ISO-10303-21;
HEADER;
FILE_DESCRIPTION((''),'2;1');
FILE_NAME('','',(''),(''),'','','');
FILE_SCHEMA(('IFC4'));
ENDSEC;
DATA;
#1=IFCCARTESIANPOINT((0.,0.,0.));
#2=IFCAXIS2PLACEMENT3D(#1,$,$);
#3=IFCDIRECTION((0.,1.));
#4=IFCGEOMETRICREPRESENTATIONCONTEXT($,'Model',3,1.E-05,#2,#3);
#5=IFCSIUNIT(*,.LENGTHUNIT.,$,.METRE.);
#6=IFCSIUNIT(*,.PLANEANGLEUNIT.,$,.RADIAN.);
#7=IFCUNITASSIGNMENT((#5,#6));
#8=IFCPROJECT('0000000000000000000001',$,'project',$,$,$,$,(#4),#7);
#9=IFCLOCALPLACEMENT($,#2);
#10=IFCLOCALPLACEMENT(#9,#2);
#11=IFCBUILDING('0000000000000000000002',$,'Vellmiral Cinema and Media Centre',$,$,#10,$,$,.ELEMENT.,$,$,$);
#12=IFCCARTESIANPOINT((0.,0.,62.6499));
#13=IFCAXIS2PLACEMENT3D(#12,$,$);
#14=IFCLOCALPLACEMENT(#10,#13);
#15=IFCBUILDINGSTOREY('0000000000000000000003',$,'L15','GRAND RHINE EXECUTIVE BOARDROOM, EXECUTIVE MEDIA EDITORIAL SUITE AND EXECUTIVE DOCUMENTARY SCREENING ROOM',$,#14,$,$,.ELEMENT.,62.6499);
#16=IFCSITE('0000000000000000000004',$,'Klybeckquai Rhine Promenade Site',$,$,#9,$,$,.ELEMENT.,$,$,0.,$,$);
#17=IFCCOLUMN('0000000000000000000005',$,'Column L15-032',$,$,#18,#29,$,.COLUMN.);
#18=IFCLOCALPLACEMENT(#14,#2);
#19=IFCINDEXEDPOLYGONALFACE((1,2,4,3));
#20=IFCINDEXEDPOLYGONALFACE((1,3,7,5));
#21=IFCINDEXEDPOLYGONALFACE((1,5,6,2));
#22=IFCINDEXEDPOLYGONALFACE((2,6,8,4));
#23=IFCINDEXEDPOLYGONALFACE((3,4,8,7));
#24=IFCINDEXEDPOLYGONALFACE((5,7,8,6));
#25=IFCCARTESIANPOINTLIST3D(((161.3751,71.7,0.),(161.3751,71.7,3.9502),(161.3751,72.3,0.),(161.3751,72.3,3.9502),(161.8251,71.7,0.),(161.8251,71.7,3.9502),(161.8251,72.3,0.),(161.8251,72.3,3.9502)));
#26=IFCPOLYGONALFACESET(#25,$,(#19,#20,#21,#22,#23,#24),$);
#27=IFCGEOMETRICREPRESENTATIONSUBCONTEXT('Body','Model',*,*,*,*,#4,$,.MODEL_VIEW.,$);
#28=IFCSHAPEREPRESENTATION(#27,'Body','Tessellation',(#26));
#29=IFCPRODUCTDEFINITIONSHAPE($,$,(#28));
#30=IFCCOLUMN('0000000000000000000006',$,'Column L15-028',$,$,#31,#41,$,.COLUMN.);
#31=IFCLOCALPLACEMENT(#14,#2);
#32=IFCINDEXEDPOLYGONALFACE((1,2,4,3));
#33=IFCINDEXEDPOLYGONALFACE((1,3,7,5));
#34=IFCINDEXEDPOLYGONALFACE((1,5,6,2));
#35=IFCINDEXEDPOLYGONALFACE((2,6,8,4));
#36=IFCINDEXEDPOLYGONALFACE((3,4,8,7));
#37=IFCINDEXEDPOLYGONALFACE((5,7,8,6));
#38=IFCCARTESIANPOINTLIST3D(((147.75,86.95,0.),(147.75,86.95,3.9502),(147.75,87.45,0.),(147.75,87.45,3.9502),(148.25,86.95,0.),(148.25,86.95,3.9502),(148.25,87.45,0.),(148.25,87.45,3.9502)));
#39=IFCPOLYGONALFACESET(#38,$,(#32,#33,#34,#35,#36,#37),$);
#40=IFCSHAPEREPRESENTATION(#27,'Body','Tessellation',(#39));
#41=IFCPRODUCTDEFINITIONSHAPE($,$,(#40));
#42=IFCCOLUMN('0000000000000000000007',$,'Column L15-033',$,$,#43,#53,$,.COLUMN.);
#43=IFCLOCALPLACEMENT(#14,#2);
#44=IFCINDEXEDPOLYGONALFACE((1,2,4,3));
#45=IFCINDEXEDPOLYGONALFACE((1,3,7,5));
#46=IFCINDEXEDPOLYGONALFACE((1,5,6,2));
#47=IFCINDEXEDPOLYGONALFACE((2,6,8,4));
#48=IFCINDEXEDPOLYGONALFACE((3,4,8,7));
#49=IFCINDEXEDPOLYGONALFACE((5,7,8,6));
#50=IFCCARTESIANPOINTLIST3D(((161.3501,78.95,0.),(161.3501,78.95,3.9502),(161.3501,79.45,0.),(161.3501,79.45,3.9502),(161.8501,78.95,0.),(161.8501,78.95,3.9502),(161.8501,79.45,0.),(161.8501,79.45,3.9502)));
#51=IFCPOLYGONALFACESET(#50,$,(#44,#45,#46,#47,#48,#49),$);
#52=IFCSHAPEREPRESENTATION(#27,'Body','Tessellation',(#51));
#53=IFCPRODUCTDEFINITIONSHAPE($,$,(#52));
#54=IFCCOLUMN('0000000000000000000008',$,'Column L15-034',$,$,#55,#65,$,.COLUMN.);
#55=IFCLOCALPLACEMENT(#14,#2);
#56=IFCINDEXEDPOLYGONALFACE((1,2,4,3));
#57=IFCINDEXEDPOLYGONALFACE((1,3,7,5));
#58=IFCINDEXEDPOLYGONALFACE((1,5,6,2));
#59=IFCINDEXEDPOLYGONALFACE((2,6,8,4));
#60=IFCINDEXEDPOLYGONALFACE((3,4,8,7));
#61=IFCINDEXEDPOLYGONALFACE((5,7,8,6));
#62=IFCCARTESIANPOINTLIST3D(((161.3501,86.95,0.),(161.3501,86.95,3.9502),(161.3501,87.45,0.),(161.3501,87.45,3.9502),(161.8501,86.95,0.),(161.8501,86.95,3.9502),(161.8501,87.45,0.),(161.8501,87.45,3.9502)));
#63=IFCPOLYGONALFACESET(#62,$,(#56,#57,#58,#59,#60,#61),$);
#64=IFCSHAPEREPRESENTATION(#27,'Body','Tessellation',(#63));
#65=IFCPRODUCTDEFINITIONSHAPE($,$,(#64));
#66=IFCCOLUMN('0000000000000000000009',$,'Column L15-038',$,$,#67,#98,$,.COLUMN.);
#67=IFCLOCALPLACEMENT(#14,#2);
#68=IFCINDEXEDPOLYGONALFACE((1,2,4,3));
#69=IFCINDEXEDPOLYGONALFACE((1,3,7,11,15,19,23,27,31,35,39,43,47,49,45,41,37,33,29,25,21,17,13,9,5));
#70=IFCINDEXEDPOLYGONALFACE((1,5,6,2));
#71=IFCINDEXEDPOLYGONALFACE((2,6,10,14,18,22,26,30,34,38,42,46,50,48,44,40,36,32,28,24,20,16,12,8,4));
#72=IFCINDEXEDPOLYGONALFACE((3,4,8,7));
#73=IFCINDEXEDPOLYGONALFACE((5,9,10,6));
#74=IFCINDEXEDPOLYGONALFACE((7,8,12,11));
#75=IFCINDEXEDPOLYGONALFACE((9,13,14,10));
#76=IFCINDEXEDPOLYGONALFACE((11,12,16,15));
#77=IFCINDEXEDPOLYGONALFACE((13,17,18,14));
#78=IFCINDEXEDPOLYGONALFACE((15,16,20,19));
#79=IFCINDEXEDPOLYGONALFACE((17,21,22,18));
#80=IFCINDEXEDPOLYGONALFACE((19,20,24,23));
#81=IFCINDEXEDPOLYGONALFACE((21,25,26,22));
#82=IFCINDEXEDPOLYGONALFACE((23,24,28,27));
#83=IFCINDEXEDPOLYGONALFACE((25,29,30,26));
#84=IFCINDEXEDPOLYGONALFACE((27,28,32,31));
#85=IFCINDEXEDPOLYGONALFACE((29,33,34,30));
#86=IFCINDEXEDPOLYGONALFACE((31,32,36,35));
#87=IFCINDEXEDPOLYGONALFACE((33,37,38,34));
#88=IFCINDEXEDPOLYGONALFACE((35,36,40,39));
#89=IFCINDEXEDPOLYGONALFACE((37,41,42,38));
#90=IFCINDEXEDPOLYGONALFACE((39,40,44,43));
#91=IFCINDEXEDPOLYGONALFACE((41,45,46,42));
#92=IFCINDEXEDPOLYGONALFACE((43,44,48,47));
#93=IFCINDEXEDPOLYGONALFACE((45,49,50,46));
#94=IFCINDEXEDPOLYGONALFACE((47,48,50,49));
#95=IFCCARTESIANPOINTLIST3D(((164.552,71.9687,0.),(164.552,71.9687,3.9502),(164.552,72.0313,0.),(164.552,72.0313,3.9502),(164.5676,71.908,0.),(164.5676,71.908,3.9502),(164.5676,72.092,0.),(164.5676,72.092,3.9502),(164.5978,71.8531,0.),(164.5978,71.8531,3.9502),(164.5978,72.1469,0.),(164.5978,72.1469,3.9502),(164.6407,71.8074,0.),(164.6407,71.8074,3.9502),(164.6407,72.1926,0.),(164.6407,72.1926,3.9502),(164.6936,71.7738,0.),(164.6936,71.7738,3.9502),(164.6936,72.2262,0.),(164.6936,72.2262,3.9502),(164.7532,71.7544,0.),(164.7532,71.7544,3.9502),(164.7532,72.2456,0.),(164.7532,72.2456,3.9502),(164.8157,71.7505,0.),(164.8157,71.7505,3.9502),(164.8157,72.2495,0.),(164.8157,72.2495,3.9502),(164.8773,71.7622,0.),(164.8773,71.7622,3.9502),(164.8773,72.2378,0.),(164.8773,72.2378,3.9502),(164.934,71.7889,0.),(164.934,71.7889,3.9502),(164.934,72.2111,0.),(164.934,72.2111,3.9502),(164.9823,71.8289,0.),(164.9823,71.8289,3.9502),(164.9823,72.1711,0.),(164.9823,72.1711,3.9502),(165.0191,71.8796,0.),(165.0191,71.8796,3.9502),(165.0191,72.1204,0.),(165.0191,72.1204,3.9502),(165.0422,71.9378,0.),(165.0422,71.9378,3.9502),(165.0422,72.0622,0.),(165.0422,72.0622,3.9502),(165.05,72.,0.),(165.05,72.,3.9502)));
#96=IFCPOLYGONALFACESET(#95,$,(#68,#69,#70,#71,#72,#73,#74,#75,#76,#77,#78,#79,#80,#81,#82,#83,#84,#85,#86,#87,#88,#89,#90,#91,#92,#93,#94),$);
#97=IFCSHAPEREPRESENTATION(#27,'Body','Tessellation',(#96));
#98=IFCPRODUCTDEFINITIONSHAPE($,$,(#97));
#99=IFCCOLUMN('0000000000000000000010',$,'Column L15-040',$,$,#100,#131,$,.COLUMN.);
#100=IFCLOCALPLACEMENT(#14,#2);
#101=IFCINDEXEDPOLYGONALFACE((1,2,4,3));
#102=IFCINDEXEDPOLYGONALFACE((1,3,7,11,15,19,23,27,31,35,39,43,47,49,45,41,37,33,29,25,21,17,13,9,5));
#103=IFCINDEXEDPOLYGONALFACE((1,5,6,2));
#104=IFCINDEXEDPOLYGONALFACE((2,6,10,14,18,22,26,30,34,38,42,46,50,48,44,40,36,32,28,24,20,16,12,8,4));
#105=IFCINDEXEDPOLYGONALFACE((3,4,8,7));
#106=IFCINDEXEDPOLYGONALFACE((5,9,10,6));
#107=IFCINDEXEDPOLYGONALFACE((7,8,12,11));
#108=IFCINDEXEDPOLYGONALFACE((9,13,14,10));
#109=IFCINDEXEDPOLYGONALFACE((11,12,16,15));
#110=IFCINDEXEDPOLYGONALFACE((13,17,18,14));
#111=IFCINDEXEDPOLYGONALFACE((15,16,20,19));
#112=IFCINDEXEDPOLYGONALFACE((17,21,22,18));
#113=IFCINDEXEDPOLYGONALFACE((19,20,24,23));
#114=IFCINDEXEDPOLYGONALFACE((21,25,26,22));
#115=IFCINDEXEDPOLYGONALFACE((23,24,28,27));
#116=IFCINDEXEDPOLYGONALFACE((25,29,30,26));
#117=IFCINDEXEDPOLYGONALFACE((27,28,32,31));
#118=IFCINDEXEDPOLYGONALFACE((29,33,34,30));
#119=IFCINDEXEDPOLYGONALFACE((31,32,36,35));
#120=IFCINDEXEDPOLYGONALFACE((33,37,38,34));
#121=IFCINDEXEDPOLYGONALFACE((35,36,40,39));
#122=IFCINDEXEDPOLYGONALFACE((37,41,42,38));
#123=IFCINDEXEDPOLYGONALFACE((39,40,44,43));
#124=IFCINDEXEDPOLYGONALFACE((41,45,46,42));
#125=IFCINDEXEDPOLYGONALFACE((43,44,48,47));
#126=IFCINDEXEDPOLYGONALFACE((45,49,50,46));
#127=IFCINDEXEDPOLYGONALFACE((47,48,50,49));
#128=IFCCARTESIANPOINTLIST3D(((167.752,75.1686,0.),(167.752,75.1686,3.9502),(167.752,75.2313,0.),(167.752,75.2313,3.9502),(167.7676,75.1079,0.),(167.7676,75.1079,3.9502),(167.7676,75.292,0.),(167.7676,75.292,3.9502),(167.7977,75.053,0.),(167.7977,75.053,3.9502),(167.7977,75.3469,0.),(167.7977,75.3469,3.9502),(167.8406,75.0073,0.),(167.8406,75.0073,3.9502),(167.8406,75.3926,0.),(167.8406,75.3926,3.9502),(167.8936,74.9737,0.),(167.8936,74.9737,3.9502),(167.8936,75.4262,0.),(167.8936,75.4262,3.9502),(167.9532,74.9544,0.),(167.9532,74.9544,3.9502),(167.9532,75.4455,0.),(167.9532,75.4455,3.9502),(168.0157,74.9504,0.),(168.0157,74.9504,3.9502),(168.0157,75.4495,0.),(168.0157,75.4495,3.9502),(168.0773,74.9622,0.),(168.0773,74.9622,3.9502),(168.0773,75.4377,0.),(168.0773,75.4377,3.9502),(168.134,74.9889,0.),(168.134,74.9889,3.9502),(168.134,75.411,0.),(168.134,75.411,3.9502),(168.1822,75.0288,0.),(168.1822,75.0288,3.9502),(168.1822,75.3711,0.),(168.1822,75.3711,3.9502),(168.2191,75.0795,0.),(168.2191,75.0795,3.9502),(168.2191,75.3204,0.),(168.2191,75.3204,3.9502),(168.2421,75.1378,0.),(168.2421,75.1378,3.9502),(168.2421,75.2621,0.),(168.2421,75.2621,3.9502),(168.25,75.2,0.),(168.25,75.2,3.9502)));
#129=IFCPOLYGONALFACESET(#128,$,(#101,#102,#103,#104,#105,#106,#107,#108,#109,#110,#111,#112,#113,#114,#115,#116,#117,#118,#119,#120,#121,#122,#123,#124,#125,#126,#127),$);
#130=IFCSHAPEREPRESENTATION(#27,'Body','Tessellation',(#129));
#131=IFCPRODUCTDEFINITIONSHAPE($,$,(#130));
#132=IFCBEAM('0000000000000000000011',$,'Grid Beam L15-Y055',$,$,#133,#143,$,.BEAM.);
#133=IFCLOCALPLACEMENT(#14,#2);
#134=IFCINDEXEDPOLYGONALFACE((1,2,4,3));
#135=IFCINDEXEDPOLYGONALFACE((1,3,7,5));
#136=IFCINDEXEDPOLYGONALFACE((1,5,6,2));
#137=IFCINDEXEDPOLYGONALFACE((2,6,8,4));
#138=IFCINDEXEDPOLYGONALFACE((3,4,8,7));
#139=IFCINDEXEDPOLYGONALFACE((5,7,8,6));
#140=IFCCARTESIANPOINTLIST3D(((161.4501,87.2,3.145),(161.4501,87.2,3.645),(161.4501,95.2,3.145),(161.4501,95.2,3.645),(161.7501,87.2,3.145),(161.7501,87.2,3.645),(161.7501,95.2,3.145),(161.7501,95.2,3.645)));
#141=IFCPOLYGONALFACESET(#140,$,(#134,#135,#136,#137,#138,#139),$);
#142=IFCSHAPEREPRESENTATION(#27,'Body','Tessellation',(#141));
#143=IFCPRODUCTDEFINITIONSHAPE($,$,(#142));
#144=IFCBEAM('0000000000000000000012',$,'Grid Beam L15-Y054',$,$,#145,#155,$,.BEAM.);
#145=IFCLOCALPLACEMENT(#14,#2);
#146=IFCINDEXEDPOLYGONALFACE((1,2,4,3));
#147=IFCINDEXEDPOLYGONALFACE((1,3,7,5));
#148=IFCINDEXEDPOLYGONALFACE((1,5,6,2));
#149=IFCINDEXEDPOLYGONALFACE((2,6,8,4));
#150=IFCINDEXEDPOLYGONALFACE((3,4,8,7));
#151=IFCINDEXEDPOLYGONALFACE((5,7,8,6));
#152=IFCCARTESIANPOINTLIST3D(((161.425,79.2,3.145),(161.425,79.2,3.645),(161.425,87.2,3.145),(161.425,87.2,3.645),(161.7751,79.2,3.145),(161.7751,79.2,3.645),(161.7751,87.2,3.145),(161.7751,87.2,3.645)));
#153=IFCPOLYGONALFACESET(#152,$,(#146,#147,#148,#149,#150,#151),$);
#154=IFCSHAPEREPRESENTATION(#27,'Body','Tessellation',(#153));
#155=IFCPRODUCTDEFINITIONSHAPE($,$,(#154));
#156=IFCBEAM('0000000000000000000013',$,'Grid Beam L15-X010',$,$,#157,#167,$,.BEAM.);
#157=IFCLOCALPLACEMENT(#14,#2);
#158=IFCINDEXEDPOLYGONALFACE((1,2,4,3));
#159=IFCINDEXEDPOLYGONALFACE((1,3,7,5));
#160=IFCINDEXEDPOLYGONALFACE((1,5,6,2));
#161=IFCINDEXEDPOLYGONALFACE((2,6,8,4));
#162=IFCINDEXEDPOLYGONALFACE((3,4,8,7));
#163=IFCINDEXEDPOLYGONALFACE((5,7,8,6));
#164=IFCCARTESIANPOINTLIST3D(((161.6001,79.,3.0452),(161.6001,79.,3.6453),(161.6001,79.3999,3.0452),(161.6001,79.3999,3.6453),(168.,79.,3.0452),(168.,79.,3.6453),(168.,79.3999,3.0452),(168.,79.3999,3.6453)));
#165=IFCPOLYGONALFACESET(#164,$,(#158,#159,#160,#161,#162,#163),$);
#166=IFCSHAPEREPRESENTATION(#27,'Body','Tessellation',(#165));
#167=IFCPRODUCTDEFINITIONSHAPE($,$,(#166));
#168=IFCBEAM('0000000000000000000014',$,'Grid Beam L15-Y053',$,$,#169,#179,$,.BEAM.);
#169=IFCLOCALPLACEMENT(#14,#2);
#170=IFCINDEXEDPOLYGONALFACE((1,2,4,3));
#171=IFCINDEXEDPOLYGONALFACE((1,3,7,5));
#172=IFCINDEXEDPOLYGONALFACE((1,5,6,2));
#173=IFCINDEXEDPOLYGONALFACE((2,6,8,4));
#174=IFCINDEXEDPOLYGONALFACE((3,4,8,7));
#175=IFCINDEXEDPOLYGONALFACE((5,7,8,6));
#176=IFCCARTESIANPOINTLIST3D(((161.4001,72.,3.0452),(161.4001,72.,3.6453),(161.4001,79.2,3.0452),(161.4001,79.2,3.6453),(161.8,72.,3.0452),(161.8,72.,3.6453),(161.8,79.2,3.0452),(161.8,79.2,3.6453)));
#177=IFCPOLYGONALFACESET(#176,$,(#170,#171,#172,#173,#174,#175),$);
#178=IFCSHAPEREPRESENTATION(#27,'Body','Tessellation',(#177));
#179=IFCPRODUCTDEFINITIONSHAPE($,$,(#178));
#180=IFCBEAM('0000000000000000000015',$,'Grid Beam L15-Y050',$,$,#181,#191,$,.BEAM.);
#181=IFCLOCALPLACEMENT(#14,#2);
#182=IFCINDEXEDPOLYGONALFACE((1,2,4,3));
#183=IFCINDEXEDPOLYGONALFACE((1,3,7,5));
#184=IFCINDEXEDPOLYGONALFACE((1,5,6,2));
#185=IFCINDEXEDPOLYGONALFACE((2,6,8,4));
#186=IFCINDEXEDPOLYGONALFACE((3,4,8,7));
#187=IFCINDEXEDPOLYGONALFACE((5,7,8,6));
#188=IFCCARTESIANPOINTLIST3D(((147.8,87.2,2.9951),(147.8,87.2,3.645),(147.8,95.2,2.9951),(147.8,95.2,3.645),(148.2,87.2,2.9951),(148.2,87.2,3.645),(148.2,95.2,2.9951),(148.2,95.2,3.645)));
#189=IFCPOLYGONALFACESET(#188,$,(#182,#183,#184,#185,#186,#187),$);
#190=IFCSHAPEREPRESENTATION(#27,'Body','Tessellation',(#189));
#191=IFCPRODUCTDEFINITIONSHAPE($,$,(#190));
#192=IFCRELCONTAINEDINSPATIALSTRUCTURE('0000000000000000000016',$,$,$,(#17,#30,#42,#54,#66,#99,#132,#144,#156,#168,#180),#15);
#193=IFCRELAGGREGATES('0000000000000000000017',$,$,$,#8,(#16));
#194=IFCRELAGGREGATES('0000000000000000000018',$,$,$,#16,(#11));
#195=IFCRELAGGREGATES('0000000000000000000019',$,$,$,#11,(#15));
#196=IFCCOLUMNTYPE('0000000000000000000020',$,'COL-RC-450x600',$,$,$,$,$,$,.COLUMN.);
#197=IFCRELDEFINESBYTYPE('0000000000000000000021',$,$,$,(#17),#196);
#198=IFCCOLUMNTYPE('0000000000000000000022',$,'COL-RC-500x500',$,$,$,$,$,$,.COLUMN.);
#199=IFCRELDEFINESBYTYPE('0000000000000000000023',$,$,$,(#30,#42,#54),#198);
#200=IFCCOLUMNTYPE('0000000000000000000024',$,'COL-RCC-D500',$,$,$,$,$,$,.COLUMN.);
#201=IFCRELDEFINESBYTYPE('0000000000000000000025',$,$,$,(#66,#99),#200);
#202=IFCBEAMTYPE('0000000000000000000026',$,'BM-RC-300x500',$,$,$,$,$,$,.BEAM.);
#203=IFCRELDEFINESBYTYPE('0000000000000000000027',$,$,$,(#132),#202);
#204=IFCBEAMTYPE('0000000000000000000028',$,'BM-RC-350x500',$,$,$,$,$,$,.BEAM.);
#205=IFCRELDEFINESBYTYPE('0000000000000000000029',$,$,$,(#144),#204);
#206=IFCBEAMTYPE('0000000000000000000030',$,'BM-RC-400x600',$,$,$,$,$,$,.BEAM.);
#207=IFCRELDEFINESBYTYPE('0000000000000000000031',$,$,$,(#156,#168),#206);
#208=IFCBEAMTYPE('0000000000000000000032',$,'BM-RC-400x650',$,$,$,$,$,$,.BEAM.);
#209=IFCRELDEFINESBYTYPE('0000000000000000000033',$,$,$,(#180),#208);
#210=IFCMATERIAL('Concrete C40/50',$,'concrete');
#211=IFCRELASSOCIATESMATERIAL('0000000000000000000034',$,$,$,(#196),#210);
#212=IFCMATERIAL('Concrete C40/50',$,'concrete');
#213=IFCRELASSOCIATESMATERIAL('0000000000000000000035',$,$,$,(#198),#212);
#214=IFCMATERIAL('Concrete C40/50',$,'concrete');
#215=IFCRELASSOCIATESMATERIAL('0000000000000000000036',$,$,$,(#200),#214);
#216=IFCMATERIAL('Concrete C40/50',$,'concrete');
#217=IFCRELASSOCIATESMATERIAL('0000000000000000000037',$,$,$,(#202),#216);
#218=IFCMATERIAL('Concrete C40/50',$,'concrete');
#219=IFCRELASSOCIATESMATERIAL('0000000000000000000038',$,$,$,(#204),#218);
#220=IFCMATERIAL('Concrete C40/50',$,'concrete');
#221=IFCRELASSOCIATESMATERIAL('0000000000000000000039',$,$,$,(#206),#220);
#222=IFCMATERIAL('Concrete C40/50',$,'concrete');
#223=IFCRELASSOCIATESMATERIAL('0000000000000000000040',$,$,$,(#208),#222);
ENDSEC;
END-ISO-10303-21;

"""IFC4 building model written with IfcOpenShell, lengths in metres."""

from ifc_helpers import new_model, si_unit, direction, frame, origin, origin_2d, place, context, subcontext, project, spatial, rectangle, circle, extrude, material, material_profile, profile_set, type_object, element, save


model = new_model("IFC4")

# Units and contexts
model_context = context("Model", 3, precision=1e-05, world=origin(), true_north=direction((0.0, 1.0)))
body_context = subcontext(model_context, "Body", "Model", "MODEL_VIEW")
ifc_project = project(units=[si_unit("LENGTHUNIT", "METRE"), si_unit("PLANEANGLEUNIT", "RADIAN")], contexts=[model_context])

# Site, building, storey
site_placement = place(None, origin())
site = spatial("IfcSite", under=ifc_project, at=site_placement, Name="Klybeckquai Rhine Promenade Site", CompositionType="ELEMENT", RefElevation=0.0)
building_placement = place(site_placement, origin())
building = spatial("IfcBuilding", under=site, at=building_placement, Name="Vellmiral Cinema and Media Centre", CompositionType="ELEMENT")
storey_placement = place(building_placement, frame((0.0, 0.0, 62.6499)))
storey = spatial("IfcBuildingStorey", under=building, at=storey_placement, Name="L15", Description="GRAND RHINE EXECUTIVE BOARDROOM, EXECUTIVE MEDIA EDITORIAL SUITE AND EXECUTIVE DOCUMENTARY SCREENING ROOM", CompositionType="ELEMENT", Elevation=62.6499)

# Columns
ifc_material_1 = material(Name="Concrete C40/50", Category="concrete")
ifc_material_profile_1 = material_profile(ifc_material_1, rectangle(XDim=0.45, YDim=0.6001, at=origin_2d()), Name="RC 450x600")
ifc_profile_set_1 = profile_set([ifc_material_profile_1], Name="Concrete C40/50")
column_type_1 = type_object("IfcColumnType", Name="COL-RC-450x600", PredefinedType="COLUMN", material=ifc_profile_set_1)
column_placement = place(storey_placement, frame((161.6001, 72.0, 0.0), z_axis=(0.0, 0.0, 1.0), x_axis=(1.0, 0.0, 0.0)))
element("IfcColumn", 1, at=column_placement, inside=storey, type_object=column_type_1, Name="Column L15-032", PredefinedType="COLUMN", context=body_context, shape_type="SweptSolid", body=[
    extrude(rectangle(XDim=0.45, YDim=0.6001, at=origin_2d()), origin(), (0.0, 0.0, 1.0), 3.9502),
])
ifc_material_2 = material(Name="Concrete C40/50", Category="concrete")
ifc_material_profile_2 = material_profile(ifc_material_2, rectangle(XDim=0.5, YDim=0.5, at=origin_2d()), Name="RC 500x500")
ifc_profile_set_2 = profile_set([ifc_material_profile_2], Name="Concrete C40/50")
column_type_2 = type_object("IfcColumnType", Name="COL-RC-500x500", PredefinedType="COLUMN", material=ifc_profile_set_2)
for number, where, z_axis, x_axis, name in (
    (2, (148.0, 87.2, 0.0), (0.0, 0.0, 1.0), (1.0, 0.0, 0.0), "Column L15-028"),
    (3, (161.6001, 79.2, 0.0), (0.0, 0.0, 1.0), (1.0, 0.0, 0.0), "Column L15-033"),
    (4, (161.6001, 87.2, 0.0), (0.0, 0.0, 1.0), (1.0, 0.0, 0.0), "Column L15-034"),
):
    element("IfcColumn", number, at=place(storey_placement, frame(where, z_axis=z_axis, x_axis=x_axis)), inside=storey, type_object=column_type_2, Name=name, PredefinedType="COLUMN", context=body_context, shape_type="SweptSolid", body=[
        extrude(rectangle(XDim=0.5, YDim=0.5, at=origin_2d()), origin(), (0.0, 0.0, 1.0), 3.9502),
    ])
ifc_material_3 = material(Name="Concrete C40/50", Category="concrete")
ifc_material_profile_3 = material_profile(ifc_material_3, circle(Radius=0.25, at=origin_2d()), Name="RC D500")
ifc_profile_set_3 = profile_set([ifc_material_profile_3], Name="Concrete C40/50")
column_type_3 = type_object("IfcColumnType", Name="COL-RCC-D500", PredefinedType="COLUMN", material=ifc_profile_set_3)
for number, where, z_axis, x_axis, name in (
    (5, (164.8, 72.0, 0.0), (0.0, 0.0, 1.0), (1.0, 0.0, 0.0), "Column L15-038"),
    (6, (168.0, 75.2, 0.0), (0.0, 0.0, 1.0), (1.0, 0.0, 0.0), "Column L15-040"),
):
    element("IfcColumn", number, at=place(storey_placement, frame(where, z_axis=z_axis, x_axis=x_axis)), inside=storey, type_object=column_type_3, Name=name, PredefinedType="COLUMN", context=body_context, shape_type="SweptSolid", body=[
        extrude(circle(Radius=0.25, at=origin_2d()), origin(), (0.0, 0.0, 1.0), 3.9502),
    ])

# Beams
ifc_material_4 = material(Name="Concrete C40/50", Category="concrete")
ifc_material_profile_4 = material_profile(ifc_material_4, rectangle(XDim=0.3, YDim=0.5, at=origin_2d()), Name="RC 300x500")
ifc_profile_set_4 = profile_set([ifc_material_profile_4], Name="Concrete C40/50")
beam_type_1 = type_object("IfcBeamType", Name="BM-RC-300x500", PredefinedType="BEAM", material=ifc_profile_set_4)
beam_1_placement = place(storey_placement, frame((161.6001, 87.2, 3.395), z_axis=(0.0, 1.0, 0.0), x_axis=(-1.0, 0.0, 0.0)))
element("IfcBeam", 7, at=beam_1_placement, inside=storey, type_object=beam_type_1, Name="Grid Beam L15-Y055", PredefinedType="BEAM", context=body_context, shape_type="SweptSolid", body=[
    extrude(rectangle(XDim=0.3, YDim=0.5, at=origin_2d()), origin(), (0.0, 0.0, 1.0), 8.0),
])
ifc_material_5 = material(Name="Concrete C40/50", Category="concrete")
ifc_material_profile_5 = material_profile(ifc_material_5, rectangle(XDim=0.3501, YDim=0.5, at=origin_2d()), Name="RC 350x500")
ifc_profile_set_5 = profile_set([ifc_material_profile_5], Name="Concrete C40/50")
beam_type_2 = type_object("IfcBeamType", Name="BM-RC-350x500", PredefinedType="BEAM", material=ifc_profile_set_5)
beam_2_placement = place(storey_placement, frame((161.6001, 79.2, 3.395), z_axis=(0.0, 1.0, 0.0), x_axis=(-1.0, 0.0, 0.0)))
element("IfcBeam", 8, at=beam_2_placement, inside=storey, type_object=beam_type_2, Name="Grid Beam L15-Y054", PredefinedType="BEAM", context=body_context, shape_type="SweptSolid", body=[
    extrude(rectangle(XDim=0.3501, YDim=0.5, at=origin_2d()), origin(), (0.0, 0.0, 1.0), 8.0),
])
ifc_material_6 = material(Name="Concrete C40/50", Category="concrete")
ifc_material_profile_6 = material_profile(ifc_material_6, rectangle(XDim=0.3999, YDim=0.6001, at=origin_2d()), Name="RC 400x600")
ifc_profile_set_6 = profile_set([ifc_material_profile_6], Name="Concrete C40/50")
beam_type_3 = type_object("IfcBeamType", Name="BM-RC-400x600", PredefinedType="BEAM", material=ifc_profile_set_6)
beam_3_placement = place(storey_placement, frame((161.6001, 79.2, 3.3452), z_axis=(1.0, 0.0, 0.0), x_axis=(0.0, 1.0, 0.0)))
element("IfcBeam", 9, at=beam_3_placement, inside=storey, type_object=beam_type_3, Name="Grid Beam L15-X010", PredefinedType="BEAM", context=body_context, shape_type="SweptSolid", body=[
    extrude(rectangle(XDim=0.3999, YDim=0.6001, at=origin_2d()), origin(), (0.0, 0.0, 1.0), 6.3999),
])
beam_4_placement = place(storey_placement, frame((161.6001, 72.0, 3.3452), z_axis=(0.0, 1.0, 0.0), x_axis=(-1.0, 0.0, 0.0)))
element("IfcBeam", 10, at=beam_4_placement, inside=storey, type_object=beam_type_3, Name="Grid Beam L15-Y053", PredefinedType="BEAM", context=body_context, shape_type="SweptSolid", body=[
    extrude(rectangle(XDim=0.3999, YDim=0.6001, at=origin_2d()), origin(), (0.0, 0.0, 1.0), 7.2),
])
ifc_material_7 = material(Name="Concrete C40/50", Category="concrete")
ifc_material_profile_7 = material_profile(ifc_material_7, rectangle(XDim=0.3999, YDim=0.6499, at=origin_2d()), Name="RC 400x650")
ifc_profile_set_7 = profile_set([ifc_material_profile_7], Name="Concrete C40/50")
beam_type_4 = type_object("IfcBeamType", Name="BM-RC-400x650", PredefinedType="BEAM", material=ifc_profile_set_7)
beam_5_placement = place(storey_placement, frame((148.0, 87.2, 3.3201), z_axis=(0.0, 1.0, 0.0), x_axis=(-1.0, 0.0, 0.0)))
element("IfcBeam", 11, at=beam_5_placement, inside=storey, type_object=beam_type_4, Name="Grid Beam L15-Y050", PredefinedType="BEAM", context=body_context, shape_type="SweptSolid", body=[
    extrude(rectangle(XDim=0.3999, YDim=0.6499, at=origin_2d()), origin(), (0.0, 0.0, 1.0), 8.0),
])

save(model, "model.ifc")
